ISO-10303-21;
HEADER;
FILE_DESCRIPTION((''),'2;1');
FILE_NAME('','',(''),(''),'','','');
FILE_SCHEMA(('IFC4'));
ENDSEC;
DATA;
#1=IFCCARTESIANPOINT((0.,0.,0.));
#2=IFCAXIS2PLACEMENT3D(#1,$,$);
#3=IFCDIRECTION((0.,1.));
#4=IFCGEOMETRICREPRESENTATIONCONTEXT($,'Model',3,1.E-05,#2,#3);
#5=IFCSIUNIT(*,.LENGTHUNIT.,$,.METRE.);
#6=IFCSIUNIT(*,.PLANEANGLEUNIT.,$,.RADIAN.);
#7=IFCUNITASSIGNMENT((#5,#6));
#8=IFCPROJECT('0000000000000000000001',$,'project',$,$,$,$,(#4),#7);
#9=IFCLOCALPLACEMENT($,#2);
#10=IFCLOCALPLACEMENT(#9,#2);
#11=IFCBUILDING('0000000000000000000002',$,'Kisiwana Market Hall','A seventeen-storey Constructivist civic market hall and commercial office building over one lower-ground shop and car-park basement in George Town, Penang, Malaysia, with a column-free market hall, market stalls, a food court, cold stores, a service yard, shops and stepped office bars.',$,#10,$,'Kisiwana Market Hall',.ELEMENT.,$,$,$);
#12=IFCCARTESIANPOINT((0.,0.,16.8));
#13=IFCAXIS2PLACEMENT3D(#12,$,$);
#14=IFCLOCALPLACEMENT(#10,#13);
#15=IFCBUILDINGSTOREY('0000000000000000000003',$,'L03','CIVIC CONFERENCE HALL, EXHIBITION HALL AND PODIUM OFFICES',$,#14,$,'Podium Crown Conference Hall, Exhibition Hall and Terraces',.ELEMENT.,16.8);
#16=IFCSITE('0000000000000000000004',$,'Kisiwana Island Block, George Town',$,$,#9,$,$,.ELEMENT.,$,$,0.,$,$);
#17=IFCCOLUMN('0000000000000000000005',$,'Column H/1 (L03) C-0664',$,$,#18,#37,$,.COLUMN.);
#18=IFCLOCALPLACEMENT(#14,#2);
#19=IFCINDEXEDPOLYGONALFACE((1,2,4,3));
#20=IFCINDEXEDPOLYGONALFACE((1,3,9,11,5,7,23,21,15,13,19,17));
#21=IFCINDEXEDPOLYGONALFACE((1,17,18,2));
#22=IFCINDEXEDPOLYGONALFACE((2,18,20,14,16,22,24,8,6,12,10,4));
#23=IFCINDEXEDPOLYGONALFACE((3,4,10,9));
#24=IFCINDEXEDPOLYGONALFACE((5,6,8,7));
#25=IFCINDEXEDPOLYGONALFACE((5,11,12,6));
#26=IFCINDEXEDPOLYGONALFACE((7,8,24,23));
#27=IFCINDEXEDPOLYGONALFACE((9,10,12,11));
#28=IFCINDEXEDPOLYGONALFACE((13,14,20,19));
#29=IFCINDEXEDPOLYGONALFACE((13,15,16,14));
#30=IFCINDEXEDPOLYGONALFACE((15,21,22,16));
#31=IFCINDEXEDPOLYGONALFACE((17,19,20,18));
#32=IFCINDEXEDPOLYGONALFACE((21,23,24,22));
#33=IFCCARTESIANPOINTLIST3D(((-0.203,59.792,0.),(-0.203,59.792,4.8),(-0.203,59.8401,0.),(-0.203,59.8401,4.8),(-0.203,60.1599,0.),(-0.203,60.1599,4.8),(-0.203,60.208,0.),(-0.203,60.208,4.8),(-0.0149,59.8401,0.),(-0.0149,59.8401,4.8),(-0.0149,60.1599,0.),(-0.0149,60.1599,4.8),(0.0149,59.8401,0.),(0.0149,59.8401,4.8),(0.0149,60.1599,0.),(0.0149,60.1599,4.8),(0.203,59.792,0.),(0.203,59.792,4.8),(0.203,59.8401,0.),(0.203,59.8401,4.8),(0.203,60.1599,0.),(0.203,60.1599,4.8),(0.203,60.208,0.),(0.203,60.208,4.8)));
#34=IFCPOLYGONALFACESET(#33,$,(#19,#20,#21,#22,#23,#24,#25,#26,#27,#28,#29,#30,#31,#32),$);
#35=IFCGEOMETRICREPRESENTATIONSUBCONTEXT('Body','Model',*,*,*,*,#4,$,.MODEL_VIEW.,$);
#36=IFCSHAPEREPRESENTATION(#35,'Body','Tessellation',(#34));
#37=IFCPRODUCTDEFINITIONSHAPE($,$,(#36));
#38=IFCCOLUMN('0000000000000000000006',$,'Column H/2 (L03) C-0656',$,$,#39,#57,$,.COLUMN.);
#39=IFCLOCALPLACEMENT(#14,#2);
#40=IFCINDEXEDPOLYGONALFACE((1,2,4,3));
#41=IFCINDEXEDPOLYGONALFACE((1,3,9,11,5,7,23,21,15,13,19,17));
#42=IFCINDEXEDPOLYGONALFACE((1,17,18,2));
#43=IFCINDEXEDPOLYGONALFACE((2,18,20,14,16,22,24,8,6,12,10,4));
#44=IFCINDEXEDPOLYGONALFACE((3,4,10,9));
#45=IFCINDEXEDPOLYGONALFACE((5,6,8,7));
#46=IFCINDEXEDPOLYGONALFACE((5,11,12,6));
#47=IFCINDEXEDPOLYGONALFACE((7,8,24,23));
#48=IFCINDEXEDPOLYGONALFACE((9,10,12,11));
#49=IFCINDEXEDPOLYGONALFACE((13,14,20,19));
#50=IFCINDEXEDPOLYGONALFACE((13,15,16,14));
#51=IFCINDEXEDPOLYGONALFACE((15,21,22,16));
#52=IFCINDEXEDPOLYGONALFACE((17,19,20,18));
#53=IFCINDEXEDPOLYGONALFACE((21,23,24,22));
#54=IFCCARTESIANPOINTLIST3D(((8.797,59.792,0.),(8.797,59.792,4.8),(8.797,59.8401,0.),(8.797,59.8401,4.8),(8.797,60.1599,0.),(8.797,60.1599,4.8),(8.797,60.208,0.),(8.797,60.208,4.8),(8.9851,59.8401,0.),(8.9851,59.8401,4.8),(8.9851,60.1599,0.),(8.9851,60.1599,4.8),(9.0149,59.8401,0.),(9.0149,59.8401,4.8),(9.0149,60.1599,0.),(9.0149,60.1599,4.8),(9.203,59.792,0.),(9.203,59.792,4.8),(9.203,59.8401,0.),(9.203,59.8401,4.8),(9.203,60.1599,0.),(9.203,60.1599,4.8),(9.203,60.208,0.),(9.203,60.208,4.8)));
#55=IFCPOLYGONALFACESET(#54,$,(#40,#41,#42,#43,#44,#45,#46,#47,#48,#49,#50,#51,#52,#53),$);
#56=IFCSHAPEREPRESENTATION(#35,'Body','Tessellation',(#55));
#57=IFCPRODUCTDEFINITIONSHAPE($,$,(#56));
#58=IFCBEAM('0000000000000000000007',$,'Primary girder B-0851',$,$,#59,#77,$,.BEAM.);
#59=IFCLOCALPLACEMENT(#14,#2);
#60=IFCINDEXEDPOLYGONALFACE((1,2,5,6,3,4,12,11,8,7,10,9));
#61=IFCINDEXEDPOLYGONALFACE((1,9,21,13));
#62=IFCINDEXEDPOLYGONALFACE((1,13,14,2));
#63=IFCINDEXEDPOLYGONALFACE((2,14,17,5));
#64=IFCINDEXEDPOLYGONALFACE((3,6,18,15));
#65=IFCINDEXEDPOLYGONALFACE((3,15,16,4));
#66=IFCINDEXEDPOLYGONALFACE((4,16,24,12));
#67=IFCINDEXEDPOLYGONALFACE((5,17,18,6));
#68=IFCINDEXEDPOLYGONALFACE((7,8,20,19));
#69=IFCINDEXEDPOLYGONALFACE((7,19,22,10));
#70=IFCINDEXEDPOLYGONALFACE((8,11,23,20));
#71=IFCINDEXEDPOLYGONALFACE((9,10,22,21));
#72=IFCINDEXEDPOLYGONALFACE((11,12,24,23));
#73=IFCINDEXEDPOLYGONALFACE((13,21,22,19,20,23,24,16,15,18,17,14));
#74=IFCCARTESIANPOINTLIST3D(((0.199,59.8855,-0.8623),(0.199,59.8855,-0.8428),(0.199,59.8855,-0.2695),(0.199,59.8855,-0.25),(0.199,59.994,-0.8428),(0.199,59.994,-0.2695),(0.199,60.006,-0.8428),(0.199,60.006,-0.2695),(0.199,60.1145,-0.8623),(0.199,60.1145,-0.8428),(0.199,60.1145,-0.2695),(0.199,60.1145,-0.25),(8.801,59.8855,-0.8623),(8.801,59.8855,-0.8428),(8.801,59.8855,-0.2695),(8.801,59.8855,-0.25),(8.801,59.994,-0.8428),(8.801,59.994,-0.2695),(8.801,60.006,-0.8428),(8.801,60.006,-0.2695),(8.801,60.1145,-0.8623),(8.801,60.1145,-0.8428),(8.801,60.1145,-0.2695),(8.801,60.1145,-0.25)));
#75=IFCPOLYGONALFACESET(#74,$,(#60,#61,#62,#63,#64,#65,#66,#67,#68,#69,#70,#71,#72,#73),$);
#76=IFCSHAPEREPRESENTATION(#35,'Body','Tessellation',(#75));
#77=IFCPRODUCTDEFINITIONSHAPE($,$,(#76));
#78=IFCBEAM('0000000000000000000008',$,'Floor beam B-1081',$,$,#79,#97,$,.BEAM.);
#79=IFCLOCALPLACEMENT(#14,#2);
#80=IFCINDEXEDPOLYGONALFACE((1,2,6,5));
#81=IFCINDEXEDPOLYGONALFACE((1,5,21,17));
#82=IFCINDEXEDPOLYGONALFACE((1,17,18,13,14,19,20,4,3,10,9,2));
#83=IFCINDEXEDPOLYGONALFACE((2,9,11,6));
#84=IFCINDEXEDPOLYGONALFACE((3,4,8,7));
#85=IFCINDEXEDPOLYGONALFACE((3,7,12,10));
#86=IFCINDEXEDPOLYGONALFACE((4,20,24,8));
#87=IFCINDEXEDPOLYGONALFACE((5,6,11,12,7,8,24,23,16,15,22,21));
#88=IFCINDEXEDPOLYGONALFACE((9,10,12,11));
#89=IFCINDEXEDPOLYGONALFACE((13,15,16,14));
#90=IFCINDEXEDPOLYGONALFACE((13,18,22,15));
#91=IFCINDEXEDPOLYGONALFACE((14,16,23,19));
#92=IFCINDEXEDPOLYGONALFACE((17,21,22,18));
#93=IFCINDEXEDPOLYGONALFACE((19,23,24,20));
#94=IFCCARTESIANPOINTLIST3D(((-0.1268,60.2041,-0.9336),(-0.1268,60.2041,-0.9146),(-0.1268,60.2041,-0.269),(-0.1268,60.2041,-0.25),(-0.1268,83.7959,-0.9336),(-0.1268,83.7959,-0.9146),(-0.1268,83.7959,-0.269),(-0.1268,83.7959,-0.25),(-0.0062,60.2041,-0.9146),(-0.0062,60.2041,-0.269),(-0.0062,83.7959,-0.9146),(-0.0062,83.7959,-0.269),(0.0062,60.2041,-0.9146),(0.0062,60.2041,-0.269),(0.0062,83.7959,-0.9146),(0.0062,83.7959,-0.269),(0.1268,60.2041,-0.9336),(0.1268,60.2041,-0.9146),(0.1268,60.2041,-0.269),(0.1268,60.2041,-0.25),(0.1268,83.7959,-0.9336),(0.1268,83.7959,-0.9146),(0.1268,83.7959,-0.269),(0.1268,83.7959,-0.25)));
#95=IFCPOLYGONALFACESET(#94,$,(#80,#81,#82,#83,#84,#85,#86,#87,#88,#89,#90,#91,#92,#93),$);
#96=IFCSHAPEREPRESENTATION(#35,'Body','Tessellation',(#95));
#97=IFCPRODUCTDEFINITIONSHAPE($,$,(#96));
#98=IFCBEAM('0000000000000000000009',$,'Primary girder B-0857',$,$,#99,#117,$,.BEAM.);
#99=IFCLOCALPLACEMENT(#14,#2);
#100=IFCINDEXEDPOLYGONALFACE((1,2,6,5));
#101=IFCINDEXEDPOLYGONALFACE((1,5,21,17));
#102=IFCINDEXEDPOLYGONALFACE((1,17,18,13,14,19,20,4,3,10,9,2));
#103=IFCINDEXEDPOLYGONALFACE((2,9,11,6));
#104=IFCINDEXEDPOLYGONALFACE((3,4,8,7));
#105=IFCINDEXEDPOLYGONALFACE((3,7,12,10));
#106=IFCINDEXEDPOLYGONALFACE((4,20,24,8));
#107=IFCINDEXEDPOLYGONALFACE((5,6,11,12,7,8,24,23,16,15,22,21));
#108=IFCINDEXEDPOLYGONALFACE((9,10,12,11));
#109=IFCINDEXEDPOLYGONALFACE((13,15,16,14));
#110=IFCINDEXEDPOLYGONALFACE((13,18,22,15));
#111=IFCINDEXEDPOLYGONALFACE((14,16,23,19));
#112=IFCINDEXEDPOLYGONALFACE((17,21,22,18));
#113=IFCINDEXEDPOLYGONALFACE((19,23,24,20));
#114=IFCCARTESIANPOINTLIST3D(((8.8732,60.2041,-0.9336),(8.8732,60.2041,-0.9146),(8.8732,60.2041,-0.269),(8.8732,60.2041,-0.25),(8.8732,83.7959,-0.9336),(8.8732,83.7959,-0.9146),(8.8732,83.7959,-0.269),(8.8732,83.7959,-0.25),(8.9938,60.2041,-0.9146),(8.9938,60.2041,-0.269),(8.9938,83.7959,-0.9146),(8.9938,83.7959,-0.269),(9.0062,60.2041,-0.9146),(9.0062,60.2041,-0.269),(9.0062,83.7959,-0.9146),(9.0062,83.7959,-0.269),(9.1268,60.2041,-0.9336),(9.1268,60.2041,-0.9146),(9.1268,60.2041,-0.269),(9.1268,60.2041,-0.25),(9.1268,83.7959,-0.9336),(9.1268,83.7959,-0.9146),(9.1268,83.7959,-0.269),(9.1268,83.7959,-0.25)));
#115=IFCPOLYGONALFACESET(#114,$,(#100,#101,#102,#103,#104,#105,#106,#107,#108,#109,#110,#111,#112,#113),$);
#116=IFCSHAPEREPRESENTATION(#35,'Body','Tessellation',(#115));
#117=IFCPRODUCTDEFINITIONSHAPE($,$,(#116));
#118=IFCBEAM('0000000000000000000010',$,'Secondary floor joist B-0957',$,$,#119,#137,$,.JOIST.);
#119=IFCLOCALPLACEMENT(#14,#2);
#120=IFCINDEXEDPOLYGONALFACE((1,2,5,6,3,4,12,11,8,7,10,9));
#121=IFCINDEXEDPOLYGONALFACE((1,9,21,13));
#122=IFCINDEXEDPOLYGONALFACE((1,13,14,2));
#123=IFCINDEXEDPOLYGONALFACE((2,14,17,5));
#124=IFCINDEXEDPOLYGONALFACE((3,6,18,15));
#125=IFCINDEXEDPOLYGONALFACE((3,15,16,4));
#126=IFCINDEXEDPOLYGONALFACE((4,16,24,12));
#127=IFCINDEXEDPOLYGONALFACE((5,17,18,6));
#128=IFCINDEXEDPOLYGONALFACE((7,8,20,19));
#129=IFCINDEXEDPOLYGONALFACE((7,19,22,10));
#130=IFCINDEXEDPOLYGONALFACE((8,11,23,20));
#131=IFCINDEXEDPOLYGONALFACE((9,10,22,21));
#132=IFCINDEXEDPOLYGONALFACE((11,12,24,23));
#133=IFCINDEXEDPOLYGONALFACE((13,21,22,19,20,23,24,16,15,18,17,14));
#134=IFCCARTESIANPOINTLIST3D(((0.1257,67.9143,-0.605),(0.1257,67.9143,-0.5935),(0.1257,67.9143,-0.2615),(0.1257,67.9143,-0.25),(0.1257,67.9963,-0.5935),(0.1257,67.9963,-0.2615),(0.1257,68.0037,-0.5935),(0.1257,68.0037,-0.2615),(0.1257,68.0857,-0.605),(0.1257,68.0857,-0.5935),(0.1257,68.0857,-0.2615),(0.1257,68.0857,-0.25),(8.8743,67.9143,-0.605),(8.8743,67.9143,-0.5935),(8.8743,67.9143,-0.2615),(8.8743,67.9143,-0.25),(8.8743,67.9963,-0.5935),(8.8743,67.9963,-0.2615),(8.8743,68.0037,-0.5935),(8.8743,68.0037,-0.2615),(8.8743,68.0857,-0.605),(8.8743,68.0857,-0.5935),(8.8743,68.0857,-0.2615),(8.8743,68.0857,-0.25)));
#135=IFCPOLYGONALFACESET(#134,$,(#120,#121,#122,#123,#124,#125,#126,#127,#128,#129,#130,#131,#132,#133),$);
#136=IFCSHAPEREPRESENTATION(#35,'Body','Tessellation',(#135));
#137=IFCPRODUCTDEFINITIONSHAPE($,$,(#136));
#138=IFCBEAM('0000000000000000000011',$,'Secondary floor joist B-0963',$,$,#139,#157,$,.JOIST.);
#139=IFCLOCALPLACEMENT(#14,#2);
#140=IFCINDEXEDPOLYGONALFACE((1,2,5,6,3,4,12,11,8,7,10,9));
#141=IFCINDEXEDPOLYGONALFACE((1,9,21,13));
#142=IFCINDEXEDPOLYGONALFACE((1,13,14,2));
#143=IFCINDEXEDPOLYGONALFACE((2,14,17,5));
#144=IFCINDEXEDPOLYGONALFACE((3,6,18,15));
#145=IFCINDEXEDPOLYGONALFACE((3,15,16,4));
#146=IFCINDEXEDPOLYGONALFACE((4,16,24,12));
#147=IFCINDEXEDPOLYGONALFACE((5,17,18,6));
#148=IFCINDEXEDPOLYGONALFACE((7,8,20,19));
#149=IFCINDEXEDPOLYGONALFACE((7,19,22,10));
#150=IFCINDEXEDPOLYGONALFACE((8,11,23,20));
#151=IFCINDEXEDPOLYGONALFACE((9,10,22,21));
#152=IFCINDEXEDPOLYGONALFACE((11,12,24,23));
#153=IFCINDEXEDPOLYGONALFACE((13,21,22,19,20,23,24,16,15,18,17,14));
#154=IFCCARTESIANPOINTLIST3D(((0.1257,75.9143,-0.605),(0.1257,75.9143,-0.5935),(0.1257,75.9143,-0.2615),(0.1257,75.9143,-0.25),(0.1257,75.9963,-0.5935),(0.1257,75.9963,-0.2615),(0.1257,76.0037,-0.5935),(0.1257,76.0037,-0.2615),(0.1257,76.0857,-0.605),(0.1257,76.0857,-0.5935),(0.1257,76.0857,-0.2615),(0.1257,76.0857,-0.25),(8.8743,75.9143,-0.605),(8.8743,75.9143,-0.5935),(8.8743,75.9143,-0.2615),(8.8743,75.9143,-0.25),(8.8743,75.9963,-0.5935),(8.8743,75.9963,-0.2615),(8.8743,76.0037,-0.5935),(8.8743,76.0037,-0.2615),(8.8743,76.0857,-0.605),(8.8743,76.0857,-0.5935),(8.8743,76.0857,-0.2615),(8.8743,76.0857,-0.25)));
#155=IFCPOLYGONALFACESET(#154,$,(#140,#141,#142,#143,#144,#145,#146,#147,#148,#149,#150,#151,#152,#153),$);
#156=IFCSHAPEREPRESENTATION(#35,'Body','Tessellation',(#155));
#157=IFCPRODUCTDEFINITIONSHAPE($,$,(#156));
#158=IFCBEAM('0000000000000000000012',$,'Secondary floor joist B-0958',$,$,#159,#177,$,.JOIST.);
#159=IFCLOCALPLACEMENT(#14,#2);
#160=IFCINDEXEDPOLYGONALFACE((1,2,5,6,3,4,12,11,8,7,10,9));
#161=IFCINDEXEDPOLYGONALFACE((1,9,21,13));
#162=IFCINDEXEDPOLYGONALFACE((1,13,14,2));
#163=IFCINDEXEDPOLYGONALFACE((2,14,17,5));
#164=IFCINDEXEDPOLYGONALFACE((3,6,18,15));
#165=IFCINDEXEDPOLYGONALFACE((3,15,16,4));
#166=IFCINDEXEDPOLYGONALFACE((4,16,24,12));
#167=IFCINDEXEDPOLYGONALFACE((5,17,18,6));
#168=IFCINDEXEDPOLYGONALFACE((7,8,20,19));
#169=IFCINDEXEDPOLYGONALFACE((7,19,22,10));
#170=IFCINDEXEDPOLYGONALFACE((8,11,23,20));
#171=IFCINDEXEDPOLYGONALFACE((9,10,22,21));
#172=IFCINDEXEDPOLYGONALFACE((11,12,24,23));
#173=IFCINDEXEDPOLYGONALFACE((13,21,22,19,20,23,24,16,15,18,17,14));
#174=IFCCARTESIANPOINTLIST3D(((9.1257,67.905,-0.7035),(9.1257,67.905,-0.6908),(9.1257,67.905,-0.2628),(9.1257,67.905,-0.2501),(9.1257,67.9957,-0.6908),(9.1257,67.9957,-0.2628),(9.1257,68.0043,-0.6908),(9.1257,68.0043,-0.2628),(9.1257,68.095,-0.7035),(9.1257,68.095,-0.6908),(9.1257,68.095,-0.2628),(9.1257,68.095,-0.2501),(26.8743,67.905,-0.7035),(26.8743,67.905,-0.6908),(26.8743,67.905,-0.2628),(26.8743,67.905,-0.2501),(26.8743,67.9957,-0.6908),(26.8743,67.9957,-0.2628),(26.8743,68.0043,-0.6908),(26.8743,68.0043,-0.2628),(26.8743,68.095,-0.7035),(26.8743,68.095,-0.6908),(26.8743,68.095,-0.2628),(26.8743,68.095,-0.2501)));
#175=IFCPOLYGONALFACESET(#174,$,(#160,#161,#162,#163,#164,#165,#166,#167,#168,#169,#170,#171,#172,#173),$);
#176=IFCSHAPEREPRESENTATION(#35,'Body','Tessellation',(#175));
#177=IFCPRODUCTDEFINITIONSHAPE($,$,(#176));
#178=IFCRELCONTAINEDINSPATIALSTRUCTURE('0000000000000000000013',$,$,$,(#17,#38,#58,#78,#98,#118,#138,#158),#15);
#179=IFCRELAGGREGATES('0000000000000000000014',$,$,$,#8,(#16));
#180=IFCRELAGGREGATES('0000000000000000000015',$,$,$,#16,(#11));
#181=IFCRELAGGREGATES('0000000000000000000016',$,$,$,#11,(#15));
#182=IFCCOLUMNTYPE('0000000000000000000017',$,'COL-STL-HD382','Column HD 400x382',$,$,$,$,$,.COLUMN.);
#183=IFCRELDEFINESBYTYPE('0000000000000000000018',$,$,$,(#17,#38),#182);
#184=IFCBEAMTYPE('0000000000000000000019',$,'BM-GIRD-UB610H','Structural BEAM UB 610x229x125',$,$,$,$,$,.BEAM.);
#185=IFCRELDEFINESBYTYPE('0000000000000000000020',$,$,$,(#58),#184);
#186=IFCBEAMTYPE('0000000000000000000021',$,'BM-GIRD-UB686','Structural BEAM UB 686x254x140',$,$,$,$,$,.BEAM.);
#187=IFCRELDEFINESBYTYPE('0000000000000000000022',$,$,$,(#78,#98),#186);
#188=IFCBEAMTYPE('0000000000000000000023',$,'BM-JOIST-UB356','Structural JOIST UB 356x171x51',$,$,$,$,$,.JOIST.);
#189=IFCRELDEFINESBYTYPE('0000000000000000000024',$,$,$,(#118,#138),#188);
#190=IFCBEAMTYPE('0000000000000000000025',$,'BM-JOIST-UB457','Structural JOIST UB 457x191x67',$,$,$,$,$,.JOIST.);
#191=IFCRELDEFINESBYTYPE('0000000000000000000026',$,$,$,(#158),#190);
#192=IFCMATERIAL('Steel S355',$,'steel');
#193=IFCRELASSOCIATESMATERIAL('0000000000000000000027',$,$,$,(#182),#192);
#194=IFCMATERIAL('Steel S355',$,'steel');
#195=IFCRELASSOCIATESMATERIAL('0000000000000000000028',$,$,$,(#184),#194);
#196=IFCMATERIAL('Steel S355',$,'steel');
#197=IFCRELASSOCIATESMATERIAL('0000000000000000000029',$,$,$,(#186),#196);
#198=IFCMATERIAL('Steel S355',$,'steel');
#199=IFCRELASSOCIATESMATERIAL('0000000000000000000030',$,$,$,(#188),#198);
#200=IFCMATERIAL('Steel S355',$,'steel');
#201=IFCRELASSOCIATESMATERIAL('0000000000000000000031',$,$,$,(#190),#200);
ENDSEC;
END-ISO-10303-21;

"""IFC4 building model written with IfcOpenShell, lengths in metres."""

from ifc_helpers import new_model, si_unit, direction, frame, origin, origin_2d, place, context, subcontext, project, spatial, i_section, extrude, material, material_profile, profile_set, type_object, element, save


model = new_model("IFC4")

# Units and contexts
model_context = context("Model", 3, precision=1e-05, world=origin(), true_north=direction((0.0, 1.0)))
body_context = subcontext(model_context, "Body", "Model", "MODEL_VIEW")
ifc_project = project(units=[si_unit("LENGTHUNIT", "METRE"), si_unit("PLANEANGLEUNIT", "RADIAN")], contexts=[model_context])

# Site, building, storey
site_placement = place(None, origin())
site = spatial("IfcSite", under=ifc_project, at=site_placement, Name="Kisiwana Island Block, George Town", CompositionType="ELEMENT", RefElevation=0.0)
building_placement = place(site_placement, origin())
building = spatial("IfcBuilding", under=site, at=building_placement, Name="Kisiwana Market Hall", Description="A seventeen-storey Constructivist civic market hall and commercial office building over one lower-ground shop and car-park basement in George Town, Penang, Malaysia, with a column-free market hall, market stalls, a food court, cold stores, a service yard, shops and stepped office bars.", LongName="Kisiwana Market Hall", CompositionType="ELEMENT")
storey_placement = place(building_placement, frame((0.0, 0.0, 16.8)))
storey = spatial("IfcBuildingStorey", under=building, at=storey_placement, Name="L03", Description="CIVIC CONFERENCE HALL, EXHIBITION HALL AND PODIUM OFFICES", LongName="Podium Crown Conference Hall, Exhibition Hall and Terraces", CompositionType="ELEMENT", Elevation=16.8)

# Columns
ifc_material_1 = material(Name="Steel S355", Category="steel")
ifc_material_profile_1 = material_profile(ifc_material_1, i_section(OverallWidth=0.406, OverallDepth=0.416, WebThickness=0.0298, FlangeThickness=0.0481, at=origin_2d()), Name="HD 400x382")
ifc_profile_set_1 = profile_set([ifc_material_profile_1], Name="Steel S355")
column_type = type_object("IfcColumnType", Name="COL-STL-HD382", Description="Column HD 400x382", PredefinedType="COLUMN", material=ifc_profile_set_1)
for number, where, z_axis, x_axis, name in (
    (1, (0.0, 60.0, 0.0), (0.0, 0.0, 1.0), (1.0, 0.0, 0.0), "Column H/1 (L03) C-0664"),
    (2, (9.0, 60.0, 0.0), (0.0, 0.0, 1.0), (1.0, 0.0, 0.0), "Column H/2 (L03) C-0656"),
):
    element("IfcColumn", number, at=place(storey_placement, frame(where, z_axis=z_axis, x_axis=x_axis)), inside=storey, type_object=column_type, Name=name, PredefinedType="COLUMN", context=body_context, shape_type="SweptSolid", body=[
        extrude(i_section(OverallWidth=0.406, OverallDepth=0.416, WebThickness=0.0298, FlangeThickness=0.0481, at=origin_2d()), origin(), (0.0, 0.0, 1.0), 4.8),
    ])

# Beams
ifc_material_2 = material(Name="Steel S355", Category="steel")
ifc_material_profile_2 = material_profile(ifc_material_2, i_section(OverallWidth=0.229, OverallDepth=0.6123, WebThickness=0.012, FlangeThickness=0.0195, at=origin_2d()), Name="UB 610x229x125")
ifc_profile_set_2 = profile_set([ifc_material_profile_2], Name="Steel S355")
beam_type_1 = type_object("IfcBeamType", Name="BM-GIRD-UB610H", Description="Structural BEAM UB 610x229x125", PredefinedType="BEAM", material=ifc_profile_set_2)
beam_placement = place(storey_placement, frame((0.199, 60.0, -0.5562), z_axis=(1.0, 0.0, 0.0), x_axis=(0.0, 1.0, 0.0)))
element("IfcBeam", 3, at=beam_placement, inside=storey, type_object=beam_type_1, Name="Primary girder B-0851", PredefinedType="BEAM", context=body_context, shape_type="SweptSolid", body=[
    extrude(i_section(OverallWidth=0.229, OverallDepth=0.6123, WebThickness=0.012, FlangeThickness=0.0195, at=origin_2d()), origin(), (0.0, 0.0, 1.0), 8.6021),
])
ifc_material_3 = material(Name="Steel S355", Category="steel")
ifc_material_profile_3 = material_profile(ifc_material_3, i_section(OverallWidth=0.2537, OverallDepth=0.6836, WebThickness=0.0125, FlangeThickness=0.019, at=origin_2d()), Name="UB 686x254x140")
ifc_profile_set_3 = profile_set([ifc_material_profile_3], Name="Steel S355")
beam_type_2 = type_object("IfcBeamType", Name="BM-GIRD-UB686", Description="Structural BEAM UB 686x254x140", PredefinedType="BEAM", material=ifc_profile_set_3)
for number, where, z_axis, x_axis, name in (
    (4, (0.0, 60.2041, -0.5918), (0.0, 1.0, 0.0), (-1.0, 0.0, 0.0), "Floor beam B-1081"),
    (5, (9.0, 60.2041, -0.5918), (0.0, 1.0, 0.0), (-1.0, 0.0, 0.0), "Primary girder B-0857"),
):
    element("IfcBeam", number, at=place(storey_placement, frame(where, z_axis=z_axis, x_axis=x_axis)), inside=storey, type_object=beam_type_2, Name=name, PredefinedType="BEAM", context=body_context, shape_type="SweptSolid", body=[
        extrude(i_section(OverallWidth=0.2537, OverallDepth=0.6836, WebThickness=0.0125, FlangeThickness=0.019, at=origin_2d()), origin(), (0.0, 0.0, 1.0), 23.5918),
    ])
ifc_material_4 = material(Name="Steel S355", Category="steel")
ifc_material_profile_4 = material_profile(ifc_material_4, i_section(OverallWidth=0.1714, OverallDepth=0.355, WebThickness=0.0073, FlangeThickness=0.0115, at=origin_2d()), Name="UB 356x171x51")
ifc_profile_set_4 = profile_set([ifc_material_profile_4], Name="Steel S355")
beam_type_3 = type_object("IfcBeamType", Name="BM-JOIST-UB356", Description="Structural JOIST UB 356x171x51", PredefinedType="JOIST", material=ifc_profile_set_4)
for number, where, z_axis, x_axis, name in (
    (6, (0.1257, 68.0, -0.4275), (1.0, 0.0, 0.0), (0.0, 1.0, 0.0), "Secondary floor joist B-0957"),
    (7, (0.1257, 76.0, -0.4275), (1.0, 0.0, 0.0), (0.0, 1.0, 0.0), "Secondary floor joist B-0963"),
):
    element("IfcBeam", number, at=place(storey_placement, frame(where, z_axis=z_axis, x_axis=x_axis)), inside=storey, type_object=beam_type_3, Name=name, PredefinedType="JOIST", context=body_context, shape_type="SweptSolid", body=[
        extrude(i_section(OverallWidth=0.1714, OverallDepth=0.355, WebThickness=0.0073, FlangeThickness=0.0115, at=origin_2d()), origin(), (0.0, 0.0, 1.0), 8.7485),
    ])
ifc_material_5 = material(Name="Steel S355", Category="steel")
ifc_material_profile_5 = material_profile(ifc_material_5, i_section(OverallWidth=0.1899, OverallDepth=0.4534, WebThickness=0.0085, FlangeThickness=0.0127, at=origin_2d()), Name="UB 457x191x67")
ifc_profile_set_5 = profile_set([ifc_material_profile_5], Name="Steel S355")
beam_type_4 = type_object("IfcBeamType", Name="BM-JOIST-UB457", Description="Structural JOIST UB 457x191x67", PredefinedType="JOIST", material=ifc_profile_set_5)
for number, where, z_axis, x_axis, name in (
    (8, (9.1257, 68.0, -0.4768), (1.0, 0.0, 0.0), (0.0, 1.0, 0.0), "Secondary floor joist B-0958"),
):
    element("IfcBeam", number, at=place(storey_placement, frame(where, z_axis=z_axis, x_axis=x_axis)), inside=storey, type_object=beam_type_4, Name=name, PredefinedType="JOIST", context=body_context, shape_type="SweptSolid", body=[
        extrude(i_section(OverallWidth=0.1899, OverallDepth=0.4534, WebThickness=0.0085, FlangeThickness=0.0127, at=origin_2d()), origin(), (0.0, 0.0, 1.0), 17.7485),
    ])

save(model, "model.ifc")
